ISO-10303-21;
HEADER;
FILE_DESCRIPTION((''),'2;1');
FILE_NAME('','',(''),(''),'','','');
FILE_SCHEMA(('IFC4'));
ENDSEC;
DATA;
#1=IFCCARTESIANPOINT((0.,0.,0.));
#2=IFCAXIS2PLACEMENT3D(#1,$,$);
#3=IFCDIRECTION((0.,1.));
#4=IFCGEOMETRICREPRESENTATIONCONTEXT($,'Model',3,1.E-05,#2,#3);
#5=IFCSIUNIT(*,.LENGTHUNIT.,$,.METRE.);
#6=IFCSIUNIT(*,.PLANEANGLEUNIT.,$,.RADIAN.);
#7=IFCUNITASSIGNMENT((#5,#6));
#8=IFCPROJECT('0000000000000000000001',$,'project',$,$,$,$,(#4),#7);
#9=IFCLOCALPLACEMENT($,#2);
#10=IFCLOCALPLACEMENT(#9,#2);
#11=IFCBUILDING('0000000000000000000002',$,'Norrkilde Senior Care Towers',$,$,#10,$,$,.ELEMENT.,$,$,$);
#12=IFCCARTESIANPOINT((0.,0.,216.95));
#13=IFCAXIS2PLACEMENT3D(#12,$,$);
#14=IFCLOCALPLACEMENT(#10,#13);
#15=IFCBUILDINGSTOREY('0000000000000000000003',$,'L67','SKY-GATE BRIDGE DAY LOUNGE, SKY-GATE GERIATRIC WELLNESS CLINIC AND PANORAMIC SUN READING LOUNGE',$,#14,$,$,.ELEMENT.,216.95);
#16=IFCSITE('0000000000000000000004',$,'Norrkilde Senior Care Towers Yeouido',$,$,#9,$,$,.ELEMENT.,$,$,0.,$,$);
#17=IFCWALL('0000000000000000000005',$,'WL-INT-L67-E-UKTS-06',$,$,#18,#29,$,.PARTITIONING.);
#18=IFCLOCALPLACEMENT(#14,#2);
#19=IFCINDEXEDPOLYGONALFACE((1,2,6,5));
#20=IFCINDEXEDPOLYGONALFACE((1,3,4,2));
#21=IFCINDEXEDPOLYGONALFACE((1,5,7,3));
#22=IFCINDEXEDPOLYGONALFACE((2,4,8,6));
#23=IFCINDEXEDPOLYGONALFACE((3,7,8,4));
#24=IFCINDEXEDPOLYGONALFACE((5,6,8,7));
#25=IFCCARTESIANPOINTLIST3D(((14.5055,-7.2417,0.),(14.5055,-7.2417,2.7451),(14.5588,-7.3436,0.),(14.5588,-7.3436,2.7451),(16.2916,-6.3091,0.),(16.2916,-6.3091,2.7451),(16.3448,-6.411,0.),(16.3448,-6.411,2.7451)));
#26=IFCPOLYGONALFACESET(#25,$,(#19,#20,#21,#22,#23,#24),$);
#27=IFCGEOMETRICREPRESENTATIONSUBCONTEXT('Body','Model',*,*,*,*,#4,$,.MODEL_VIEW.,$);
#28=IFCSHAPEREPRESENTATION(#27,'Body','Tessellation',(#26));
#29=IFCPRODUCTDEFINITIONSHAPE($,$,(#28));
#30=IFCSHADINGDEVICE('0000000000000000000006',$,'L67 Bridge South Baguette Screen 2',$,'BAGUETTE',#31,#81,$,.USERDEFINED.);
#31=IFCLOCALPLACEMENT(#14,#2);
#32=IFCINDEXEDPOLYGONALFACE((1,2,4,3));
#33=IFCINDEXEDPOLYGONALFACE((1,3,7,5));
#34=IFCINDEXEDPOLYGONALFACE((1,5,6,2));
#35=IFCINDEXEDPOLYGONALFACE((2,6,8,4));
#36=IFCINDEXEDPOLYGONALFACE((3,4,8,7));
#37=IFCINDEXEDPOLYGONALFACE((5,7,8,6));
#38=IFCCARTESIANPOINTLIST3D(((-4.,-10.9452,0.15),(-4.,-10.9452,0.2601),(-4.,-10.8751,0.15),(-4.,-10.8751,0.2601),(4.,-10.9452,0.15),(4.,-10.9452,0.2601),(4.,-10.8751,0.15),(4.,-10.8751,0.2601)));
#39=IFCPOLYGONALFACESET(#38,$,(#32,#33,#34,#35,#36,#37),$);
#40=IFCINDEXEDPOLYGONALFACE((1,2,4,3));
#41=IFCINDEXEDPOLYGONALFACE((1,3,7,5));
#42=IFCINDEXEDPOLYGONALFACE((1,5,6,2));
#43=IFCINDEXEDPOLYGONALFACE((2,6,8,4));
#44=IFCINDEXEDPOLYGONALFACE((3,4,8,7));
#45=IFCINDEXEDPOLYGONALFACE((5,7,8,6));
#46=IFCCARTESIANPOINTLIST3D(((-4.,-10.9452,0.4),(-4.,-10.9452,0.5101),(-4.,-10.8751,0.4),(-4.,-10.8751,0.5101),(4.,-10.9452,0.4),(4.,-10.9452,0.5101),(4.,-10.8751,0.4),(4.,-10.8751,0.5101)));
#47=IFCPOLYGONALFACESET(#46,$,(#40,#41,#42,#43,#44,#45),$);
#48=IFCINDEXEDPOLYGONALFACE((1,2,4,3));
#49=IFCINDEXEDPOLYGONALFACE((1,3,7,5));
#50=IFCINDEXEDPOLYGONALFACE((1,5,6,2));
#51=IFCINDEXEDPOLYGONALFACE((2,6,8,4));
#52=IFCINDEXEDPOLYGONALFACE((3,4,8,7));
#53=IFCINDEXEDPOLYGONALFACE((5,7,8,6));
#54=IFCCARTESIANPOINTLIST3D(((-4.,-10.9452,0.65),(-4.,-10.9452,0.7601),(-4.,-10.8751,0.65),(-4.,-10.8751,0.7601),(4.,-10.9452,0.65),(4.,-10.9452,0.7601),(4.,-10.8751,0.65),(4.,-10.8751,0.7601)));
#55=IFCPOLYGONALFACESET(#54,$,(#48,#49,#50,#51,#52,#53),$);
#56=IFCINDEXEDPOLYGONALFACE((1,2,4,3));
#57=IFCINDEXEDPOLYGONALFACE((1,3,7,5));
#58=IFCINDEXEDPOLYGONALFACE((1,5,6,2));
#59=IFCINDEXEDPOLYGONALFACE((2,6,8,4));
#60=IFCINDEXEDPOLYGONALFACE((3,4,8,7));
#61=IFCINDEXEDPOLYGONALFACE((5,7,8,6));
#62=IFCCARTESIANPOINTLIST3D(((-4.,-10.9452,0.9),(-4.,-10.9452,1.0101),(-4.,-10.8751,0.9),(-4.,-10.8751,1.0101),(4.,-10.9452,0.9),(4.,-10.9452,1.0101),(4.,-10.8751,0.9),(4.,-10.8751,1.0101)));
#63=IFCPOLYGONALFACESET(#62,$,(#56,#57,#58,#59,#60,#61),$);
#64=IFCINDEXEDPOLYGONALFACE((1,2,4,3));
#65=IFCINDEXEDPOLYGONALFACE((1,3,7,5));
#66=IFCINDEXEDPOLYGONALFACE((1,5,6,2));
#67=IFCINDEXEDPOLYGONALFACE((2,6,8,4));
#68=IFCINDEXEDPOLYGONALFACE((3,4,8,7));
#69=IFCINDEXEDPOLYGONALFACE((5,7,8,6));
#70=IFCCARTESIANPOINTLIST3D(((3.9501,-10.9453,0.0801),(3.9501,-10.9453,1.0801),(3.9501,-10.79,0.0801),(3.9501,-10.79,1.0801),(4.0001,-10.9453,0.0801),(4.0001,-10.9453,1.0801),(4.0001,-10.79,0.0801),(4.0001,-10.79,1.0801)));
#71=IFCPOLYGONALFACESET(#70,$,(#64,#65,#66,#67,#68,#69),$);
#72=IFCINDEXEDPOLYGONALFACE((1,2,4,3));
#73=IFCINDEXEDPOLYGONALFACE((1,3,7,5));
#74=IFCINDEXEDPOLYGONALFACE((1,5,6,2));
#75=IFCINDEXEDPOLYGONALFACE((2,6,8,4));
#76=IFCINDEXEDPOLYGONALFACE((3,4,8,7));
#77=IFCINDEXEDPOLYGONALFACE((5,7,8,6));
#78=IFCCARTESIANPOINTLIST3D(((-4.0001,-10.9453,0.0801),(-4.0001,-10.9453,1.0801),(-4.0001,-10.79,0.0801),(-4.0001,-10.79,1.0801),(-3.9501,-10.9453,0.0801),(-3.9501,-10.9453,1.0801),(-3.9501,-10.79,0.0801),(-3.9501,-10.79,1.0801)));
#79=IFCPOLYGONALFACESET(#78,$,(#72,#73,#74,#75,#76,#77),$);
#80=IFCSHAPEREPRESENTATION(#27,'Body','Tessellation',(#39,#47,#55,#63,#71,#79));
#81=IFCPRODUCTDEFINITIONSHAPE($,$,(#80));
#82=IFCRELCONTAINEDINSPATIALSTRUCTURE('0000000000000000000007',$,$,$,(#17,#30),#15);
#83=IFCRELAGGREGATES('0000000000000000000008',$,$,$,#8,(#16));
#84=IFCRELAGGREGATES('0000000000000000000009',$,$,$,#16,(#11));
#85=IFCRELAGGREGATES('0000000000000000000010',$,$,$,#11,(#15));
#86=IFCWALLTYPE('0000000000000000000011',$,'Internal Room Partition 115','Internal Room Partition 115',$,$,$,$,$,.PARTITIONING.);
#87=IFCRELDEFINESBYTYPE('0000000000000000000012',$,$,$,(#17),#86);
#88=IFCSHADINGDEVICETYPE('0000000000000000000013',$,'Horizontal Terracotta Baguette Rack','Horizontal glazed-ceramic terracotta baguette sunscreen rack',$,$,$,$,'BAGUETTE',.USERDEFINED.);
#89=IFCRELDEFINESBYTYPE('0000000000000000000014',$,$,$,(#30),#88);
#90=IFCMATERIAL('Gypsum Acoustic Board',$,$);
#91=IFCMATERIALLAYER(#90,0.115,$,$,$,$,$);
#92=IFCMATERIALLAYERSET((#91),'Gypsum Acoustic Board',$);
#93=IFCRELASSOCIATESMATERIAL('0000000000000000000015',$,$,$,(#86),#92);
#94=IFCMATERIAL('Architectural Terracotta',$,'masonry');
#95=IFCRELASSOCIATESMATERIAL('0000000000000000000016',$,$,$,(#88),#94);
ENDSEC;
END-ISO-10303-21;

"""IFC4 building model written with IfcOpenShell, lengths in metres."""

from ifc_helpers import new_model, si_unit, direction, frame, frame_2d, origin, origin_2d, place, context, subcontext, project, spatial, rectangle, extrude, source, transform, mapped, material, layer, layer_set, type_object, type_shapes, element, save


model = new_model("IFC4")

# Units and contexts
model_context = context("Model", 3, precision=1e-05, world=origin(), true_north=direction((0.0, 1.0)))
body_context = subcontext(model_context, "Body", "Model", "MODEL_VIEW")
ifc_project = project(units=[si_unit("LENGTHUNIT", "METRE"), si_unit("PLANEANGLEUNIT", "RADIAN")], contexts=[model_context])

# Site, building, storey
site_placement = place(None, origin())
site = spatial("IfcSite", under=ifc_project, at=site_placement, Name="Norrkilde Senior Care Towers Yeouido", CompositionType="ELEMENT", RefElevation=0.0)
building_placement = place(site_placement, origin())
building = spatial("IfcBuilding", under=site, at=building_placement, Name="Norrkilde Senior Care Towers", CompositionType="ELEMENT")
storey_placement = place(building_placement, frame((0.0, 0.0, 216.95)))
storey = spatial("IfcBuildingStorey", under=building, at=storey_placement, Name="L67", Description="SKY-GATE BRIDGE DAY LOUNGE, SKY-GATE GERIATRIC WELLNESS CLINIC AND PANORAMIC SUN READING LOUNGE", CompositionType="ELEMENT", Elevation=216.95)

# Shared definitions
ifc_material_1 = material(Name="Gypsum Acoustic Board")

# Wall
ifc_layer_1 = layer(ifc_material_1, 0.115)
ifc_layer_set_1 = layer_set([ifc_layer_1], Name="Gypsum Acoustic Board")
wall_type_1 = type_object("IfcWallType", Name="Internal Room Partition 115", Description="Internal Room Partition 115", PredefinedType="PARTITIONING", material=ifc_layer_set_1)
shared_shape_1 = source(origin(), body_context, "Body", "SweptSolid", [
    extrude(rectangle(XDim=2.0149, YDim=0.115, at=frame_2d((1.0073, 0.0))), origin(), (0.0, 0.0, 1.0), 2.7451),
])
type_shapes(wall_type_1, [shared_shape_1])
wall_1_placement = place(storey_placement, frame((16.3181, -6.3601, 0.0), z_axis=(0.0, 0.0, 1.0), x_axis=(-0.886438, -0.462848, 0.0)))
element("IfcWall", 1, at=wall_1_placement, inside=storey, type_object=wall_type_1, Name="WL-INT-L67-E-UKTS-06", PredefinedType="PARTITIONING", context=body_context, shape_type="MappedRepresentation", body=[
    mapped(shared_shape_1, transform((0.0, 0.0, 0.0), x_axis=(1.0, 0.0, 0.0), y_axis=(0.0, 1.0, 0.0), z_axis=(0.0, 0.0, 1.0), scale=1.0)),
])

# Shading device
ifc_material_2 = material(Name="Architectural Terracotta", Category="masonry")
shading_device_type = type_object("IfcShadingDeviceType", Name="Horizontal Terracotta Baguette Rack", Description="Horizontal glazed-ceramic terracotta baguette sunscreen rack", ElementType="BAGUETTE", PredefinedType="USERDEFINED", material=ifc_material_2)
shared_shape_2 = source(origin(), body_context, "Body", "SweptSolid", [
    extrude(rectangle(XDim=0.0701, YDim=0.1101, at=origin_2d()), frame((0.0, 0.0901, 0.125), z_axis=(1.0, 0.0, 0.0), x_axis=(0.0, 1.0, 0.0)), (0.0, 0.0, 1.0), 8.0),
    extrude(rectangle(XDim=0.0701, YDim=0.1101, at=origin_2d()), frame((0.0, 0.0901, 0.375), z_axis=(1.0, 0.0, 0.0), x_axis=(0.0, 1.0, 0.0)), (0.0, 0.0, 1.0), 8.0),
    extrude(rectangle(XDim=0.0701, YDim=0.1101, at=origin_2d()), frame((0.0, 0.0901, 0.625), z_axis=(1.0, 0.0, 0.0), x_axis=(0.0, 1.0, 0.0)), (0.0, 0.0, 1.0), 8.0),
    extrude(rectangle(XDim=0.0701, YDim=0.1101, at=origin_2d()), frame((0.0, 0.0901, 0.875), z_axis=(1.0, 0.0, 0.0), x_axis=(0.0, 1.0, 0.0)), (0.0, 0.0, 1.0), 8.0),
    extrude(rectangle(XDim=0.05, YDim=0.1553, at=origin_2d()), frame((0.0249, 0.0476, 0.0)), (0.0, 0.0, 1.0), 1.0),
    extrude(rectangle(XDim=0.05, YDim=0.1553, at=origin_2d()), frame((7.9751, 0.0476, 0.0)), (0.0, 0.0, 1.0), 1.0),
])
type_shapes(shading_device_type, [shared_shape_2])
shading_device_placement = place(storey_placement, frame((4.0, -10.8201, 0.0801), z_axis=(0.0, 0.0, 1.0), x_axis=(-1.0, 0.0, 0.0)))
element("IfcShadingDevice", 2, at=shading_device_placement, inside=storey, type_object=shading_device_type, Name="L67 Bridge South Baguette Screen 2", ObjectType="BAGUETTE", PredefinedType="USERDEFINED", context=body_context, shape_type="MappedRepresentation", body=[
    mapped(shared_shape_2, transform((0.0, 0.0, 0.0), x_axis=(1.0, 0.0, 0.0), y_axis=(0.0, 1.0, 0.0), z_axis=(0.0, 0.0, 1.0), scale=1.0)),
])

save(model, "model.ifc")
